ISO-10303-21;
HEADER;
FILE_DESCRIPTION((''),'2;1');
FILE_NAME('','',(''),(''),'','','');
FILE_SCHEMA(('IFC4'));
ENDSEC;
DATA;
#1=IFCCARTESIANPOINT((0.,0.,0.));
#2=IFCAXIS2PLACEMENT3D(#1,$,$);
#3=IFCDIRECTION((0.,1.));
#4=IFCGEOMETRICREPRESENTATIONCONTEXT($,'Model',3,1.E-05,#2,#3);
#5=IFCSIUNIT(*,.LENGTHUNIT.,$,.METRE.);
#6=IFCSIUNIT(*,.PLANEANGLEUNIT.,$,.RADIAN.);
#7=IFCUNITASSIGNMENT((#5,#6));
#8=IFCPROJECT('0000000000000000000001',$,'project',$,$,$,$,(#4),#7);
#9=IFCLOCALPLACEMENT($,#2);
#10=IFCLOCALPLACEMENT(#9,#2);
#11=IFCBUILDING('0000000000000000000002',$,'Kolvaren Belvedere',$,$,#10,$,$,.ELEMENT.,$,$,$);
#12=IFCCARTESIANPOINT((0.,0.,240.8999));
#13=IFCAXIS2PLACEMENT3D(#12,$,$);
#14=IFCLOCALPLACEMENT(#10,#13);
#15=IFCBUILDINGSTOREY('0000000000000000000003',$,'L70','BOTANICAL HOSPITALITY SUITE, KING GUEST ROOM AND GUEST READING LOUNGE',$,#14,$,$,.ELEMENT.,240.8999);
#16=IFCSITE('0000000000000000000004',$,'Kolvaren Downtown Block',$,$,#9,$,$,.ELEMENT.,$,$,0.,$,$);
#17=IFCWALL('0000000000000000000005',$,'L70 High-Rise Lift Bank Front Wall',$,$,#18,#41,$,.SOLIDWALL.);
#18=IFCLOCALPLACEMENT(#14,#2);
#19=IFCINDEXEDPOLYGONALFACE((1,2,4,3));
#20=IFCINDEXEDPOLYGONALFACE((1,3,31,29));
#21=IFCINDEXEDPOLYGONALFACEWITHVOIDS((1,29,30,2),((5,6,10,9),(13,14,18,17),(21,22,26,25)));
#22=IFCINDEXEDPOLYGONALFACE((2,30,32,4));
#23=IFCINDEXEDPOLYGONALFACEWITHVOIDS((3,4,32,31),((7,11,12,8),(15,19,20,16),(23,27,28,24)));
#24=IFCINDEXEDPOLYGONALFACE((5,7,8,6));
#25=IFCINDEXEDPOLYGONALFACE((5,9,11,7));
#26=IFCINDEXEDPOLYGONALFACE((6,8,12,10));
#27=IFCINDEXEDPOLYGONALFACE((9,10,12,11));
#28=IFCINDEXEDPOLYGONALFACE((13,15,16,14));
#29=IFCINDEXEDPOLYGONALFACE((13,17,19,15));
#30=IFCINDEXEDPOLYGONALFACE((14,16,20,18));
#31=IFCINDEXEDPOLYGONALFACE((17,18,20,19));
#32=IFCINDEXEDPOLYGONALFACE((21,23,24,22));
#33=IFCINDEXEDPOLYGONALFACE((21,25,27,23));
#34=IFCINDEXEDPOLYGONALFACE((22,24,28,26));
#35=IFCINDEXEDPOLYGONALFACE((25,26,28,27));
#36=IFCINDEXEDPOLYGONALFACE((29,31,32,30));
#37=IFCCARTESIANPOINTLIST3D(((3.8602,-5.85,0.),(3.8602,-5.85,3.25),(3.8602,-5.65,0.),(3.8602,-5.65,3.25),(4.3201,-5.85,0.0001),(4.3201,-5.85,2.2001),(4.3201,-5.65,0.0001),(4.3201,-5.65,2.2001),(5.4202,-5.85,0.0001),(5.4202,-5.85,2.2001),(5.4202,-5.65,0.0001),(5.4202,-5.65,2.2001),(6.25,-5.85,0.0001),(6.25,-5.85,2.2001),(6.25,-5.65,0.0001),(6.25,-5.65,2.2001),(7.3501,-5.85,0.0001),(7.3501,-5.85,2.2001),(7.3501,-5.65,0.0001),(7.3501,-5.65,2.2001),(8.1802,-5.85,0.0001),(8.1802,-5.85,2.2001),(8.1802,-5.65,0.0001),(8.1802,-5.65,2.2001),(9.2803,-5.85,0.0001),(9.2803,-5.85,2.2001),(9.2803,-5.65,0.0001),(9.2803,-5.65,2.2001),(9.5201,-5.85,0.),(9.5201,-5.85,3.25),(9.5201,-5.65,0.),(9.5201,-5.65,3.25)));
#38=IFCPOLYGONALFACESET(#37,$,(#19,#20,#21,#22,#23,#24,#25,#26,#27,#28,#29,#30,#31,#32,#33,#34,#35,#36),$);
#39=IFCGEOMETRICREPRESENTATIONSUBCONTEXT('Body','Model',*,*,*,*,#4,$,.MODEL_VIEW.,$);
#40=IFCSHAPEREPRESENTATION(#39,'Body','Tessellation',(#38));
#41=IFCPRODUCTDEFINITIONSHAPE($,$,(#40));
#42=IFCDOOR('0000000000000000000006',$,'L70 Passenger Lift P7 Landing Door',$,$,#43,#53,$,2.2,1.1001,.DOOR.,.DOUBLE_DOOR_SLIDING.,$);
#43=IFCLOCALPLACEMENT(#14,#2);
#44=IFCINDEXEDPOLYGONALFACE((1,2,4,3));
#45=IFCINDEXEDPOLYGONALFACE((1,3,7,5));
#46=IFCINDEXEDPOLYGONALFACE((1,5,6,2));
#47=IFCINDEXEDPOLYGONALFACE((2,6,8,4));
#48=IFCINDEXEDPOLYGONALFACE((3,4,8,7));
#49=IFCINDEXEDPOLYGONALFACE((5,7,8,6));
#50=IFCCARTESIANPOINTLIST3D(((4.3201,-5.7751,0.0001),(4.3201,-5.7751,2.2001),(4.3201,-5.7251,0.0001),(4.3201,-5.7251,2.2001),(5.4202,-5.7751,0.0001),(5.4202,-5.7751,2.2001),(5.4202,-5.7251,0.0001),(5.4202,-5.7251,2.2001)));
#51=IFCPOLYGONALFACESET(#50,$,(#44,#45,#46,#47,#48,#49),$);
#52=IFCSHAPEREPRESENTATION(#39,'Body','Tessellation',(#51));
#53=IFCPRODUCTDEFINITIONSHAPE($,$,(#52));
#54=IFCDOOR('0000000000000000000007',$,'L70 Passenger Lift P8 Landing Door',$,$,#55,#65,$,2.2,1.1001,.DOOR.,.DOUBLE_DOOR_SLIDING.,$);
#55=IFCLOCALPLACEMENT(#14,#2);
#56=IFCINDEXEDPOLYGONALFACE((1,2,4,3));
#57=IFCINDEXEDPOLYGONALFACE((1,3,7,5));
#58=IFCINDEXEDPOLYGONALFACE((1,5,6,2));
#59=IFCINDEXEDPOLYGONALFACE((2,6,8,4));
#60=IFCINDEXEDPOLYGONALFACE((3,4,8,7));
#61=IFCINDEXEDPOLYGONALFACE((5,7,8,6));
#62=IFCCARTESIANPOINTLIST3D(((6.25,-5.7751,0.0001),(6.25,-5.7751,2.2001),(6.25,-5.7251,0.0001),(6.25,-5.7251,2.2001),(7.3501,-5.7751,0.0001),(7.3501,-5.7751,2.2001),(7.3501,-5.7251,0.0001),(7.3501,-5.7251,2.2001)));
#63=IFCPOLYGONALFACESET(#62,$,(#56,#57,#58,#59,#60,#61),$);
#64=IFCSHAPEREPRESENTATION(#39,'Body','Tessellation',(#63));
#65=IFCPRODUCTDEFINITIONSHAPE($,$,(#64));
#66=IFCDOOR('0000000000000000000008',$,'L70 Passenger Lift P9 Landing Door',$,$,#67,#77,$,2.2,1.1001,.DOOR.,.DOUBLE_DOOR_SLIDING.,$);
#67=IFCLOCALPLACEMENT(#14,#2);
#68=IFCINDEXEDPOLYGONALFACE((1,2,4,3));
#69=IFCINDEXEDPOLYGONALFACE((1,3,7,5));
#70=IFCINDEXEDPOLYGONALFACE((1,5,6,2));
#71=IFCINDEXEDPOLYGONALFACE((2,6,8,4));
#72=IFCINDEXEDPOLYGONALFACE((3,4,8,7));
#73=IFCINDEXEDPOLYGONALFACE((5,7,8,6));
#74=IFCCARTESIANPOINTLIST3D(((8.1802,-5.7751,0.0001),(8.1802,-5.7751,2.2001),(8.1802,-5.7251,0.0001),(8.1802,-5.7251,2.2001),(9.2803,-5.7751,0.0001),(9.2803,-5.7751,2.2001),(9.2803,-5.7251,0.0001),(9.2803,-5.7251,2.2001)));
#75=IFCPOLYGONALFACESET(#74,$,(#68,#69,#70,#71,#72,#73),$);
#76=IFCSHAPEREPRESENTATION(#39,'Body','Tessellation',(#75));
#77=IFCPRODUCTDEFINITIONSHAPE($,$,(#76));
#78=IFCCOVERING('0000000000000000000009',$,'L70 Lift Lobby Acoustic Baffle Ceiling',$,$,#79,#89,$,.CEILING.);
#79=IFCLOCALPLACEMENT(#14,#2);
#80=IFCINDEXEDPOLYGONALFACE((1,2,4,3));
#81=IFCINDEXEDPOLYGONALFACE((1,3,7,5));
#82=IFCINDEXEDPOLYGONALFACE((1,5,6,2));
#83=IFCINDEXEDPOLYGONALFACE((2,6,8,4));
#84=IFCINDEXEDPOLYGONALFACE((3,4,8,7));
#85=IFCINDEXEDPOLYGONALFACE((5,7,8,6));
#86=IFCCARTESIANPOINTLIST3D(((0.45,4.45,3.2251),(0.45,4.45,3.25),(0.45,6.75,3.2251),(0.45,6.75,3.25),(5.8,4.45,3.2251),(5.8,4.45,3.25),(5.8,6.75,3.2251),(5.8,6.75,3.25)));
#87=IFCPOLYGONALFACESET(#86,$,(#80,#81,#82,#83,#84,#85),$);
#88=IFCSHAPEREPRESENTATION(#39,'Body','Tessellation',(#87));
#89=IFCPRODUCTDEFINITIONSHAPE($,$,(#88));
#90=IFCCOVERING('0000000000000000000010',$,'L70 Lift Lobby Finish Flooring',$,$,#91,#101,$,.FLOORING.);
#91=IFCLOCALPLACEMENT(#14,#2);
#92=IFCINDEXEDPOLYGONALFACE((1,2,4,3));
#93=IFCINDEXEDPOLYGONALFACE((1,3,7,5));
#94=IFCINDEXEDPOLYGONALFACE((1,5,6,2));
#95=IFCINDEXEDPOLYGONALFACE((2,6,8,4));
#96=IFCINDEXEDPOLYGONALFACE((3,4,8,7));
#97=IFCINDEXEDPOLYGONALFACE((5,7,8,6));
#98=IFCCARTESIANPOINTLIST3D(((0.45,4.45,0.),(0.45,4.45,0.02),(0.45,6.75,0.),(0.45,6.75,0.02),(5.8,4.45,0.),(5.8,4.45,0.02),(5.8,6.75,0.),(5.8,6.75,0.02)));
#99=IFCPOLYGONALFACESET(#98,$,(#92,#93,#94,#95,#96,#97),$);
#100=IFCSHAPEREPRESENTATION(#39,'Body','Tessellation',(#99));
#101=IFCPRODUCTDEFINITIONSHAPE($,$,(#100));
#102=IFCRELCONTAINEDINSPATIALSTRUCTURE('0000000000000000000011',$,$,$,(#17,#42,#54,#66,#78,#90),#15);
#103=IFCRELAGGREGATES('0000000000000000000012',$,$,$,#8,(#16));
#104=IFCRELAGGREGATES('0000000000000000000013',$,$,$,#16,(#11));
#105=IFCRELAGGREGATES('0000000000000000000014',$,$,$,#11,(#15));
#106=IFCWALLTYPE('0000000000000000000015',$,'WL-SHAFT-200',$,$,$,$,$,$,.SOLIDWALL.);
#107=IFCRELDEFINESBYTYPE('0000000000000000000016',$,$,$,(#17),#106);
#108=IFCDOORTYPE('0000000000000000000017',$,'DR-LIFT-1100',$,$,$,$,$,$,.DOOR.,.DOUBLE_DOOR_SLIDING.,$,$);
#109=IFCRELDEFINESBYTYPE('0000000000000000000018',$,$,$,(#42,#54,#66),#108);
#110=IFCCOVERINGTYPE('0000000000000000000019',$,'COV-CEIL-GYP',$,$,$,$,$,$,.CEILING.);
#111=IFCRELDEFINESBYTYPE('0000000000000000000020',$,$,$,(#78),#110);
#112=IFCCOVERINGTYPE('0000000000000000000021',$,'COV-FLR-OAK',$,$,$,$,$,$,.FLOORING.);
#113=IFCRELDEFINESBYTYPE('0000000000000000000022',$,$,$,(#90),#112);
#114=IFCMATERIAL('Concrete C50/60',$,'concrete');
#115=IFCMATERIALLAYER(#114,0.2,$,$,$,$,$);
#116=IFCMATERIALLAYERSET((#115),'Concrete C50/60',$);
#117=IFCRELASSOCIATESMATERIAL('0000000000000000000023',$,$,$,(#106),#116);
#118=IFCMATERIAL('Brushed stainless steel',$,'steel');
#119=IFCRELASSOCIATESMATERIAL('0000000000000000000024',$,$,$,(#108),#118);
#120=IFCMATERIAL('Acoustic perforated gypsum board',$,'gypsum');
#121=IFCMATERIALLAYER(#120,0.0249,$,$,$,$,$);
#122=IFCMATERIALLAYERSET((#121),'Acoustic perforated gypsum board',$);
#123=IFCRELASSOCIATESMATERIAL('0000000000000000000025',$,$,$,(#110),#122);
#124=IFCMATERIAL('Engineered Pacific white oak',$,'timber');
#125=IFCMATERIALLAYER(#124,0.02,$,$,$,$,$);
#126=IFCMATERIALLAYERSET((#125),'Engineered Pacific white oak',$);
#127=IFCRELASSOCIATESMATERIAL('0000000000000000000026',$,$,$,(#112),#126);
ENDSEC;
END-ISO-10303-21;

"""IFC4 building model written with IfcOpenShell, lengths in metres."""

from ifc_helpers import new_model, si_unit, direction, frame, frame_2d, origin, place, context, subcontext, project, spatial, polyline, rectangle, outline, extrude, material, layer, layer_set, type_object, element, fill, save


model = new_model("IFC4")

# Units and contexts
model_context = context("Model", 3, precision=1e-05, world=origin(), true_north=direction((0.0, 1.0)))
body_context = subcontext(model_context, "Body", "Model", "MODEL_VIEW")
ifc_project = project(units=[si_unit("LENGTHUNIT", "METRE"), si_unit("PLANEANGLEUNIT", "RADIAN")], contexts=[model_context])

# Site, building, storey
site_placement = place(None, origin())
site = spatial("IfcSite", under=ifc_project, at=site_placement, Name="Kolvaren Downtown Block", CompositionType="ELEMENT", RefElevation=0.0)
building_placement = place(site_placement, origin())
building = spatial("IfcBuilding", under=site, at=building_placement, Name="Kolvaren Belvedere", CompositionType="ELEMENT")
storey_placement = place(building_placement, frame((0.0, 0.0, 240.8999)))
storey = spatial("IfcBuildingStorey", under=building, at=storey_placement, Name="L70", Description="BOTANICAL HOSPITALITY SUITE, KING GUEST ROOM AND GUEST READING LOUNGE", CompositionType="ELEMENT", Elevation=240.8999)

# Shared definitions
ifc_material_1 = material(Name="Concrete C50/60", Category="concrete")
ifc_layer_1 = layer(ifc_material_1, 0.2)
ifc_layer_set_1 = layer_set([ifc_layer_1], Name="Concrete C50/60")
wall_type = type_object("IfcWallType", Name="WL-SHAFT-200", PredefinedType="SOLIDWALL", material=ifc_layer_set_1)
ifc_material_2 = material(Name="Brushed stainless steel", Category="steel")
door_type_1 = type_object("IfcDoorType", Name="DR-LIFT-1100", OperationType="DOUBLE_DOOR_SLIDING", PredefinedType="DOOR", material=ifc_material_2)

# Wall, openings, doors
wall_1_placement = place(storey_placement, frame((3.8601, -5.75, 0.0), z_axis=(0.0, 0.0, 1.0), x_axis=(1.0, 0.0, 0.0)))
wall_1 = element("IfcWall", 1, at=wall_1_placement, inside=storey, type_object=wall_type, Name="L70 High-Rise Lift Bank Front Wall", PredefinedType="SOLIDWALL", context=body_context, shape_type="SweptSolid", body=[
    extrude(rectangle(XDim=5.6599, YDim=0.2, at=frame_2d((2.8301, 0.0))), origin(), (0.0, 0.0, 1.0), 3.25),
])
opening_1_placement = place(wall_1_placement, frame((0.46, 0.0, 0.0)))
opening_1 = element("IfcOpeningElement", 2, at=opening_1_placement, cuts=wall_1, PredefinedType="OPENING", context=body_context, shape_type="SweptSolid", body=[
    extrude(rectangle(XDim=1.1001, YDim=2.2, at=frame_2d((0.55, 1.1001))), frame((0.0, 0.1099, 0.0), z_axis=(0.0, -1.0, 0.0), x_axis=(1.0, 0.0, 0.0)), (0.0, 0.0, 1.0), 0.22),
])
opening_2_placement = place(wall_1_placement, frame((2.3899, 0.0, 0.0)))
opening_2 = element("IfcOpeningElement", 3, at=opening_2_placement, cuts=wall_1, PredefinedType="OPENING", context=body_context, shape_type="SweptSolid", body=[
    extrude(rectangle(XDim=1.1001, YDim=2.2, at=frame_2d((0.55, 1.1001))), frame((0.0, 0.1099, 0.0), z_axis=(0.0, -1.0, 0.0), x_axis=(1.0, 0.0, 0.0)), (0.0, 0.0, 1.0), 0.22),
])
opening_3_placement = place(wall_1_placement, frame((4.3201, 0.0, 0.0)))
opening_3 = element("IfcOpeningElement", 4, at=opening_3_placement, cuts=wall_1, PredefinedType="OPENING", context=body_context, shape_type="SweptSolid", body=[
    extrude(rectangle(XDim=1.1001, YDim=2.2, at=frame_2d((0.55, 1.1001))), frame((0.0, 0.1099, 0.0), z_axis=(0.0, -1.0, 0.0), x_axis=(1.0, 0.0, 0.0)), (0.0, 0.0, 1.0), 0.22),
])
door_1_placement = place(opening_1_placement, origin())
door_1 = element("IfcDoor", 5, at=door_1_placement, inside=storey, type_object=door_type_1, Name="L70 Passenger Lift P7 Landing Door", OperationType="DOUBLE_DOOR_SLIDING", OverallHeight=2.2, OverallWidth=1.1001, PredefinedType="DOOR", context=body_context, shape_type="SweptSolid", body=[
    extrude(rectangle(XDim=1.1001, YDim=2.2, at=frame_2d((0.55, 1.1001))), frame((0.0, 0.0249, 0.0), z_axis=(0.0, -1.0, 0.0), x_axis=(1.0, 0.0, 0.0)), (0.0, 0.0, 1.0), 0.05),
])
fill(opening_1, door_1)
door_2_placement = place(opening_2_placement, origin())
door_2 = element("IfcDoor", 6, at=door_2_placement, inside=storey, type_object=door_type_1, Name="L70 Passenger Lift P8 Landing Door", OperationType="DOUBLE_DOOR_SLIDING", OverallHeight=2.2, OverallWidth=1.1001, PredefinedType="DOOR", context=body_context, shape_type="SweptSolid", body=[
    extrude(rectangle(XDim=1.1001, YDim=2.2, at=frame_2d((0.55, 1.1001))), frame((0.0, 0.0249, 0.0), z_axis=(0.0, -1.0, 0.0), x_axis=(1.0, 0.0, 0.0)), (0.0, 0.0, 1.0), 0.05),
])
fill(opening_2, door_2)
door_3_placement = place(opening_3_placement, origin())
door_3 = element("IfcDoor", 7, at=door_3_placement, inside=storey, type_object=door_type_1, Name="L70 Passenger Lift P9 Landing Door", OperationType="DOUBLE_DOOR_SLIDING", OverallHeight=2.2, OverallWidth=1.1001, PredefinedType="DOOR", context=body_context, shape_type="SweptSolid", body=[
    extrude(rectangle(XDim=1.1001, YDim=2.2, at=frame_2d((0.55, 1.1001))), frame((0.0, 0.0249, 0.0), z_axis=(0.0, -1.0, 0.0), x_axis=(1.0, 0.0, 0.0)), (0.0, 0.0, 1.0), 0.05),
])
fill(opening_3, door_3)

# Coverings
ifc_material_3 = material(Name="Acoustic perforated gypsum board", Category="gypsum")
ifc_layer_2 = layer(ifc_material_3, 0.0249)
ifc_layer_set_2 = layer_set([ifc_layer_2], Name="Acoustic perforated gypsum board")
covering_type_1 = type_object("IfcCoveringType", Name="COV-CEIL-GYP", PredefinedType="CEILING", material=ifc_layer_set_2)
covering_1_placement = place(storey_placement, frame((0.0, 0.0, 3.2251)))
element("IfcCovering", 8, at=covering_1_placement, inside=storey, type_object=covering_type_1, Name="L70 Lift Lobby Acoustic Baffle Ceiling", PredefinedType="CEILING", context=body_context, shape_type="SweptSolid", body=[
    extrude(outline(polyline([(0.45, 4.45), (5.8, 4.45), (5.8, 6.75), (0.45, 6.75), (0.45, 4.45)])), origin(), (0.0, 0.0, 1.0), 0.0249),
])
ifc_material_4 = material(Name="Engineered Pacific white oak", Category="timber")
ifc_layer_3 = layer(ifc_material_4, 0.02)
ifc_layer_set_3 = layer_set([ifc_layer_3], Name="Engineered Pacific white oak")
covering_type_2 = type_object("IfcCoveringType", Name="COV-FLR-OAK", PredefinedType="FLOORING", material=ifc_layer_set_3)
covering_2_placement = place(storey_placement, origin())
element("IfcCovering", 9, at=covering_2_placement, inside=storey, type_object=covering_type_2, Name="L70 Lift Lobby Finish Flooring", PredefinedType="FLOORING", context=body_context, shape_type="SweptSolid", body=[
    extrude(outline(polyline([(0.45, 4.45), (5.8, 4.45), (5.8, 6.75), (0.45, 6.75), (0.45, 4.45)])), origin(), (0.0, 0.0, 1.0), 0.02),
])

save(model, "model.ifc")
